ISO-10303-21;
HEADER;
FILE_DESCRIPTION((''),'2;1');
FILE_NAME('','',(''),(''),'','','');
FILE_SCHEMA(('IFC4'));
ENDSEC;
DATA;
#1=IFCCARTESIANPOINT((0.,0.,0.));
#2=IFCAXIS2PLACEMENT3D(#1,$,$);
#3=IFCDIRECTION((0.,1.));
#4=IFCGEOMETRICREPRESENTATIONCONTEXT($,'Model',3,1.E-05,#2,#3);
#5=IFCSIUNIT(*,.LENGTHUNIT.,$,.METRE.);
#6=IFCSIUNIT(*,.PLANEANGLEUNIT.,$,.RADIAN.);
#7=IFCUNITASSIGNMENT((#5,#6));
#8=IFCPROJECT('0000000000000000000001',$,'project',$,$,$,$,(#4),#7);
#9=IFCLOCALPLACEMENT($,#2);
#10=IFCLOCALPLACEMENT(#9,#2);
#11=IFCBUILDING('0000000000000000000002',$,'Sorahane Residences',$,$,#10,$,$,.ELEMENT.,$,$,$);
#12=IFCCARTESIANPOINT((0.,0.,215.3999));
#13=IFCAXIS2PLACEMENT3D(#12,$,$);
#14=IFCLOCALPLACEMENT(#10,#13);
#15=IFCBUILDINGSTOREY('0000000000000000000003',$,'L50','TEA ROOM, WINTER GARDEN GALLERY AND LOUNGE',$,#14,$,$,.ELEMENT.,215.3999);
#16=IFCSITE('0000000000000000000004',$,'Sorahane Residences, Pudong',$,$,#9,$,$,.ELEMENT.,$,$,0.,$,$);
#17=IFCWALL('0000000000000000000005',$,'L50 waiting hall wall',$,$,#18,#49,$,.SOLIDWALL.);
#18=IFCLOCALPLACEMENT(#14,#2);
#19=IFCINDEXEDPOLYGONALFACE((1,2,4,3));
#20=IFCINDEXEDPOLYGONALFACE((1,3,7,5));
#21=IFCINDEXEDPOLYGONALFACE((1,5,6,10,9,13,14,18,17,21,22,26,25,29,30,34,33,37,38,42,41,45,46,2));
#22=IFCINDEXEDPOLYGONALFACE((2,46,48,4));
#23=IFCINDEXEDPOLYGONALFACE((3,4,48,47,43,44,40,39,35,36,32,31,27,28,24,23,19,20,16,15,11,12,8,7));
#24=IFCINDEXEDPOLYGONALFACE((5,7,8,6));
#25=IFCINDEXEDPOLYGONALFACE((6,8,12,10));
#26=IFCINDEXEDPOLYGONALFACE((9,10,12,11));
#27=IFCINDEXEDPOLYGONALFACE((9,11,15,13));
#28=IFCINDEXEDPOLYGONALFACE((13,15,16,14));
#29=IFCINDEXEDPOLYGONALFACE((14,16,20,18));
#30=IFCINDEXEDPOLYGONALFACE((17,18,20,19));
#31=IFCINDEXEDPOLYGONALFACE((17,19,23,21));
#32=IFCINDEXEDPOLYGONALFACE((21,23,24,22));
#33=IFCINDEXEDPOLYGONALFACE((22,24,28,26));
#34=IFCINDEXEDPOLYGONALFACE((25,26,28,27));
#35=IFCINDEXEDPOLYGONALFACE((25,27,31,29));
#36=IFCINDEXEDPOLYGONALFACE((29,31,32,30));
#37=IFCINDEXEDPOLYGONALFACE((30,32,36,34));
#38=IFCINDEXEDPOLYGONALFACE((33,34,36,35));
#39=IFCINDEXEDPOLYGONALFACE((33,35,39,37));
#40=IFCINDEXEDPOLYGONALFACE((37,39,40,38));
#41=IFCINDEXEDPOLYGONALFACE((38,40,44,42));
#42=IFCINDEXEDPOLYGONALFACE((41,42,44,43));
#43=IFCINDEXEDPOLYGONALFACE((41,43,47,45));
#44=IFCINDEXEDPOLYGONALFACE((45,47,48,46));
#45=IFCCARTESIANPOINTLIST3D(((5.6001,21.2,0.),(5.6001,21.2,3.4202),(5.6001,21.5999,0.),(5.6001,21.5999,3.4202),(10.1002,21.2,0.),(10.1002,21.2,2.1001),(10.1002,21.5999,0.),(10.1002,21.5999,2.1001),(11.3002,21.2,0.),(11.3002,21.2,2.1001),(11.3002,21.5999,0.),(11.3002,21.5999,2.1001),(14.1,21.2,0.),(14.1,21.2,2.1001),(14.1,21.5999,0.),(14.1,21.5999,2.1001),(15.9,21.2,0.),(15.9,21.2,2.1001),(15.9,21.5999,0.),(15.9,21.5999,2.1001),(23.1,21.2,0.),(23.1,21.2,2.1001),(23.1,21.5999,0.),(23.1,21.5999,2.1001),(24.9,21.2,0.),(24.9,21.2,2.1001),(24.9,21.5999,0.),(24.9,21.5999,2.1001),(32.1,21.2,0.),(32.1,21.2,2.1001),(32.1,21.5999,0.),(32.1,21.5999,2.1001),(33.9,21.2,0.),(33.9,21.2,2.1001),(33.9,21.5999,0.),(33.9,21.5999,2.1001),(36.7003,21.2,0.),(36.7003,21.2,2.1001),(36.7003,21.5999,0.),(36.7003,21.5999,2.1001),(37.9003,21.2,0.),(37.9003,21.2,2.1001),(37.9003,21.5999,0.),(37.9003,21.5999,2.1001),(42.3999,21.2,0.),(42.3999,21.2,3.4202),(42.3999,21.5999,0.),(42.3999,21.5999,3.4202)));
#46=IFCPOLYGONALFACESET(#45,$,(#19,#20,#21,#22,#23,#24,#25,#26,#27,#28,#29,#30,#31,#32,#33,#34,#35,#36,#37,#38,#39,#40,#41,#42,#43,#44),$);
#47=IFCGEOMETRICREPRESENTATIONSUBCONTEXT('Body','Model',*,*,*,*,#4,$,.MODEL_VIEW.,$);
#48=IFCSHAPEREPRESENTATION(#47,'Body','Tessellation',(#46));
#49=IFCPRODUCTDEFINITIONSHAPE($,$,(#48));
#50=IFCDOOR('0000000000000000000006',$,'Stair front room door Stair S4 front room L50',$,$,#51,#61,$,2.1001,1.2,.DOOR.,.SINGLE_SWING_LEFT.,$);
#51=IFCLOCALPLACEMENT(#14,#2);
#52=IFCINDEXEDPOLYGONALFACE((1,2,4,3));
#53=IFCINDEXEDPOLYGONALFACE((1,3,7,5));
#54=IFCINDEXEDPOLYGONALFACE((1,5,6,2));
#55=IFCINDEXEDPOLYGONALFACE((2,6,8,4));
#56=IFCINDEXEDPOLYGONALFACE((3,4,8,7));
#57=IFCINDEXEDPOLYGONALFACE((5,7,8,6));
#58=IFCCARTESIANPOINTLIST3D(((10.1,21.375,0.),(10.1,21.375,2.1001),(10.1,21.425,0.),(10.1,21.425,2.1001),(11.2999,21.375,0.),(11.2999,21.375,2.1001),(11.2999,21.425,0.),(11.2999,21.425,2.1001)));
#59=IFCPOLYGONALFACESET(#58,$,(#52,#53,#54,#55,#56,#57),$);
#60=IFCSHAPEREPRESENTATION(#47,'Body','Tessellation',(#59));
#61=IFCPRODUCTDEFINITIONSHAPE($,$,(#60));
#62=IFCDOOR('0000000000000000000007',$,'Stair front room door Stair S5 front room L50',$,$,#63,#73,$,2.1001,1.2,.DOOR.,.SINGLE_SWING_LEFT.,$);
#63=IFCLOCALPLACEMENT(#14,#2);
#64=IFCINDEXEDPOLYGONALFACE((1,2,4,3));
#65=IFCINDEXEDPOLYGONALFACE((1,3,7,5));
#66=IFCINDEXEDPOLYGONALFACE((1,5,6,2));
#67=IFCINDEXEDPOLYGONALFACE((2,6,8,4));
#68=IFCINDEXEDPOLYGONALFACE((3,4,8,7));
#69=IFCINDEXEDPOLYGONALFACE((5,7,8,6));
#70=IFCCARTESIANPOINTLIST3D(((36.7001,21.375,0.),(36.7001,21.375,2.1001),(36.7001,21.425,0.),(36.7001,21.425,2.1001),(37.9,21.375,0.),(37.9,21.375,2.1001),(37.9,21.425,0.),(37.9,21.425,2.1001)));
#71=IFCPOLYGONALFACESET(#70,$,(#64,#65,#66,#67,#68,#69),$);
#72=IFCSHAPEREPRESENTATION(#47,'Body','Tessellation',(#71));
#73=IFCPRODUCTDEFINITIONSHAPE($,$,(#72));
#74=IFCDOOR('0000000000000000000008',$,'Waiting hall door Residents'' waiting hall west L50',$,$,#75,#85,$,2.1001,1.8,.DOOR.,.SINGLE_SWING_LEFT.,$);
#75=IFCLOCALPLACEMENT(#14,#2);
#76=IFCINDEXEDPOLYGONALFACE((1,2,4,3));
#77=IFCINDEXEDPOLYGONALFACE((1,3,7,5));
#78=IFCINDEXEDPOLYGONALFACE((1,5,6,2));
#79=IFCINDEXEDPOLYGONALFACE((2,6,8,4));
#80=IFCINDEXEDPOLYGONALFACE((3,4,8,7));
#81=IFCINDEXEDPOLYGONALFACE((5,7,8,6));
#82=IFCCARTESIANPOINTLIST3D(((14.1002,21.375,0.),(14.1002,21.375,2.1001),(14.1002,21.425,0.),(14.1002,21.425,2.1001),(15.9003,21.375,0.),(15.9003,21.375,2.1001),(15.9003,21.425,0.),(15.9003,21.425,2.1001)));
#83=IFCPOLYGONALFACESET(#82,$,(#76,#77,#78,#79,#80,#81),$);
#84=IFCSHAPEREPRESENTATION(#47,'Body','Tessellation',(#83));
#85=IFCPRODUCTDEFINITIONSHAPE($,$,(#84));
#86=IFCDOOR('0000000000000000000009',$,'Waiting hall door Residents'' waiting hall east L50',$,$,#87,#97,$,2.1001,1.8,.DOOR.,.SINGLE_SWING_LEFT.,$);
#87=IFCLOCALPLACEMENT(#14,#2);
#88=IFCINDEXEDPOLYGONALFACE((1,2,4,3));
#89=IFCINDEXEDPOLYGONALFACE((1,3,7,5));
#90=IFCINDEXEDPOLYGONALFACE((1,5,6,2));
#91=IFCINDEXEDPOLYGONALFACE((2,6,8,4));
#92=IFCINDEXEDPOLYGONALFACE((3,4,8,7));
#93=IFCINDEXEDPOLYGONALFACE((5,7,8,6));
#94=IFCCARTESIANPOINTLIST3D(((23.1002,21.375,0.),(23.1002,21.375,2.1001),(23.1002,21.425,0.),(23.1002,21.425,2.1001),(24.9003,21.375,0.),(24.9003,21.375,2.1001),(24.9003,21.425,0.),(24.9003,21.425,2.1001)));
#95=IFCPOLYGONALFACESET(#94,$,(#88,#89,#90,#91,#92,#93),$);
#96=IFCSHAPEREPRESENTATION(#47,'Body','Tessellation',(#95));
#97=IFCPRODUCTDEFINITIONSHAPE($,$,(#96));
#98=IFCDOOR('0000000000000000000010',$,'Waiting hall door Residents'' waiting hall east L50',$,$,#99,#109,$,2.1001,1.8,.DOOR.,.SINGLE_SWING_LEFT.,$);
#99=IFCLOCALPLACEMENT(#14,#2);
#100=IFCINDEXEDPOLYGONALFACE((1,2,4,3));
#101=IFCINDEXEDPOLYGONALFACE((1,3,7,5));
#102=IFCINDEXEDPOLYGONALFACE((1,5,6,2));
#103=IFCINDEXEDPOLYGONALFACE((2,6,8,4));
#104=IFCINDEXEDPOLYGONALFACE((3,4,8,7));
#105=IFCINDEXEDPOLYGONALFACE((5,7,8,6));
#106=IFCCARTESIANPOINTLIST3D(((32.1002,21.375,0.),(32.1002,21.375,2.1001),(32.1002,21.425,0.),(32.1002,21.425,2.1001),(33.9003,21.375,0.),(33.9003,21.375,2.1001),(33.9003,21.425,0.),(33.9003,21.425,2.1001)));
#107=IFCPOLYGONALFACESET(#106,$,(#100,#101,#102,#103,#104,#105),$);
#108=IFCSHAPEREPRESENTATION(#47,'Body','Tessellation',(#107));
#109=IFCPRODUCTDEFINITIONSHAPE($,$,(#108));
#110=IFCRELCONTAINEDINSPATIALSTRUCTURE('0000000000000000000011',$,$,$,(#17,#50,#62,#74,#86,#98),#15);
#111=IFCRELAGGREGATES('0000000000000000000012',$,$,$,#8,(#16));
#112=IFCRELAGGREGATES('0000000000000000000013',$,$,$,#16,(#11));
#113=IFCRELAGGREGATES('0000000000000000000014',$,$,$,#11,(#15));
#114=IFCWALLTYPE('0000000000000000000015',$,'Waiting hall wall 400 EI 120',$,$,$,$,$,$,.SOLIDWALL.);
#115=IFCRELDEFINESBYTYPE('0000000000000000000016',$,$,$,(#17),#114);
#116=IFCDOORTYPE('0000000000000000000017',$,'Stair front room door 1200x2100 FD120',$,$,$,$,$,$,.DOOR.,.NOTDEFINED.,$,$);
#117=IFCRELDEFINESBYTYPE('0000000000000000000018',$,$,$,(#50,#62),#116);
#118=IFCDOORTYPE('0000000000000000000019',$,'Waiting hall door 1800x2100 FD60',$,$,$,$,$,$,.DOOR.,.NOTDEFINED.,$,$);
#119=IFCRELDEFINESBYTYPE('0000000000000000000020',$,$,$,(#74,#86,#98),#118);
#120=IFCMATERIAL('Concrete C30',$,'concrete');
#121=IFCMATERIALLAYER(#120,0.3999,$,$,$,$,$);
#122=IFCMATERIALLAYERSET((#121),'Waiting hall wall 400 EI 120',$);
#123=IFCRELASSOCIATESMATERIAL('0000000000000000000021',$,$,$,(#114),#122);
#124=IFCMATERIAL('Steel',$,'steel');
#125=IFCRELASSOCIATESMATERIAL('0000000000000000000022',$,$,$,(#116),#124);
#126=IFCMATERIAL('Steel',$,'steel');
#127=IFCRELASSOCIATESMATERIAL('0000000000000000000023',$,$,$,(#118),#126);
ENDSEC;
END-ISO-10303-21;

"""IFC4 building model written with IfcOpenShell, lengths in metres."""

from ifc_helpers import new_model, si_unit, direction, frame, frame_2d, origin, place, context, subcontext, project, spatial, rectangle, extrude, material, layer, layer_set, type_object, element, fill, save


model = new_model("IFC4")

# Units and contexts
model_context = context("Model", 3, precision=1e-05, world=origin(), true_north=direction((0.0, 1.0)))
body_context = subcontext(model_context, "Body", "Model", "MODEL_VIEW")
ifc_project = project(units=[si_unit("LENGTHUNIT", "METRE"), si_unit("PLANEANGLEUNIT", "RADIAN")], contexts=[model_context])

# Site, building, storey
site_placement = place(None, origin())
site = spatial("IfcSite", under=ifc_project, at=site_placement, Name="Sorahane Residences, Pudong", CompositionType="ELEMENT", RefElevation=0.0)
building_placement = place(site_placement, origin())
building = spatial("IfcBuilding", under=site, at=building_placement, Name="Sorahane Residences", CompositionType="ELEMENT")
storey_placement = place(building_placement, frame((0.0, 0.0, 215.3999)))
storey = spatial("IfcBuildingStorey", under=building, at=storey_placement, Name="L50", Description="TEA ROOM, WINTER GARDEN GALLERY AND LOUNGE", CompositionType="ELEMENT", Elevation=215.3999)

# Wall, openings, doors
ifc_material_1 = material(Name="Concrete C30", Category="concrete")
ifc_layer_1 = layer(ifc_material_1, 0.3999)
ifc_layer_set_1 = layer_set([ifc_layer_1], Name="Waiting hall wall 400 EI 120")
wall_type_1 = type_object("IfcWallType", Name="Waiting hall wall 400 EI 120", PredefinedType="SOLIDWALL", material=ifc_layer_set_1)
wall_1_placement = place(storey_placement, frame((5.6001, 21.3999, 0.0), z_axis=(0.0, 0.0, 1.0), x_axis=(1.0, 0.0, 0.0)))
wall_1 = element("IfcWall", 1, at=wall_1_placement, inside=storey, type_object=wall_type_1, Name="L50 waiting hall wall", PredefinedType="SOLIDWALL", context=body_context, shape_type="SweptSolid", body=[
    extrude(rectangle(XDim=36.7998, YDim=0.3999, at=frame_2d((18.3999, 0.0))), origin(), (0.0, 0.0, 1.0), 3.4202),
])
opening_1_placement = place(wall_1_placement, frame((8.5, 0.0, 0.0)))
opening_1 = element("IfcOpeningElement", 2, at=opening_1_placement, cuts=wall_1, PredefinedType="OPENING", context=body_context, shape_type="SweptSolid", body=[
    extrude(rectangle(XDim=1.8, YDim=2.1001, at=frame_2d((0.8999, 1.05))), frame((0.0, 0.21, 0.0), z_axis=(0.0, -1.0, 0.0), x_axis=(1.0, 0.0, 0.0)), (0.0, 0.0, 1.0), 0.4199),
])
opening_2_placement = place(wall_1_placement, frame((17.5, 0.0, 0.0)))
opening_2 = element("IfcOpeningElement", 3, at=opening_2_placement, cuts=wall_1, PredefinedType="OPENING", context=body_context, shape_type="SweptSolid", body=[
    extrude(rectangle(XDim=1.8, YDim=2.1001, at=frame_2d((0.8999, 1.05))), frame((0.0, 0.21, 0.0), z_axis=(0.0, -1.0, 0.0), x_axis=(1.0, 0.0, 0.0)), (0.0, 0.0, 1.0), 0.4199),
])
opening_3_placement = place(wall_1_placement, frame((26.5, 0.0, 0.0)))
opening_3 = element("IfcOpeningElement", 4, at=opening_3_placement, cuts=wall_1, PredefinedType="OPENING", context=body_context, shape_type="SweptSolid", body=[
    extrude(rectangle(XDim=1.8, YDim=2.1001, at=frame_2d((0.8999, 1.05))), frame((0.0, 0.21, 0.0), z_axis=(0.0, -1.0, 0.0), x_axis=(1.0, 0.0, 0.0)), (0.0, 0.0, 1.0), 0.4199),
])
opening_4_placement = place(wall_1_placement, frame((4.5, 0.0, 0.0)))
opening_4 = element("IfcOpeningElement", 5, at=opening_4_placement, cuts=wall_1, PredefinedType="OPENING", context=body_context, shape_type="SweptSolid", body=[
    extrude(rectangle(XDim=1.2, YDim=2.1001, at=frame_2d((0.6001, 1.05))), frame((0.0, 0.21, 0.0), z_axis=(0.0, -1.0, 0.0), x_axis=(1.0, 0.0, 0.0)), (0.0, 0.0, 1.0), 0.4199),
])
opening_5_placement = place(wall_1_placement, frame((31.1001, 0.0, 0.0)))
opening_5 = element("IfcOpeningElement", 6, at=opening_5_placement, cuts=wall_1, PredefinedType="OPENING", context=body_context, shape_type="SweptSolid", body=[
    extrude(rectangle(XDim=1.2, YDim=2.1001, at=frame_2d((0.6001, 1.05))), frame((0.0, 0.21, 0.0), z_axis=(0.0, -1.0, 0.0), x_axis=(1.0, 0.0, 0.0)), (0.0, 0.0, 1.0), 0.4199),
])
ifc_material_2 = material(Name="Steel", Category="steel")
door_type_1 = type_object("IfcDoorType", Name="Stair front room door 1200x2100 FD120", OperationType="NOTDEFINED", PredefinedType="DOOR", material=ifc_material_2)
door_1_placement = place(opening_4_placement, frame((1.2, 0.0, 0.0), z_axis=(0.0, 0.0, 1.0), x_axis=(-1.0, 0.0, 0.0)))
door_1 = element("IfcDoor", 7, at=door_1_placement, inside=storey, type_object=door_type_1, Name="Stair front room door Stair S4 front room L50", OperationType="SINGLE_SWING_LEFT", OverallHeight=2.1001, OverallWidth=1.2, PredefinedType="DOOR", context=body_context, shape_type="SweptSolid", body=[
    extrude(rectangle(XDim=1.2, YDim=2.1001, at=frame_2d((0.6001, 1.05))), frame((0.0, 0.0249, 0.0), z_axis=(0.0, -1.0, 0.0), x_axis=(1.0, 0.0, 0.0)), (0.0, 0.0, 1.0), 0.05),
])
fill(opening_4, door_1)
door_2_placement = place(opening_5_placement, frame((1.2, 0.0, 0.0), z_axis=(0.0, 0.0, 1.0), x_axis=(-1.0, 0.0, 0.0)))
door_2 = element("IfcDoor", 8, at=door_2_placement, inside=storey, type_object=door_type_1, Name="Stair front room door Stair S5 front room L50", OperationType="SINGLE_SWING_LEFT", OverallHeight=2.1001, OverallWidth=1.2, PredefinedType="DOOR", context=body_context, shape_type="SweptSolid", body=[
    extrude(rectangle(XDim=1.2, YDim=2.1001, at=frame_2d((0.6001, 1.05))), frame((0.0, 0.0249, 0.0), z_axis=(0.0, -1.0, 0.0), x_axis=(1.0, 0.0, 0.0)), (0.0, 0.0, 1.0), 0.05),
])
fill(opening_5, door_2)
ifc_material_3 = material(Name="Steel", Category="steel")
door_type_2 = type_object("IfcDoorType", Name="Waiting hall door 1800x2100 FD60", OperationType="NOTDEFINED", PredefinedType="DOOR", material=ifc_material_3)
door_3_placement = place(opening_1_placement, frame((1.8, 0.0, 0.0), z_axis=(0.0, 0.0, 1.0), x_axis=(-1.0, 0.0, 0.0)))
door_3 = element("IfcDoor", 9, at=door_3_placement, inside=storey, type_object=door_type_2, Name="Waiting hall door Residents' waiting hall west L50", OperationType="SINGLE_SWING_LEFT", OverallHeight=2.1001, OverallWidth=1.8, PredefinedType="DOOR", context=body_context, shape_type="SweptSolid", body=[
    extrude(rectangle(XDim=1.8, YDim=2.1001, at=frame_2d((0.8999, 1.05))), frame((0.0, 0.0249, 0.0), z_axis=(0.0, -1.0, 0.0), x_axis=(1.0, 0.0, 0.0)), (0.0, 0.0, 1.0), 0.05),
])
fill(opening_1, door_3)
door_4_placement = place(opening_2_placement, frame((1.8, 0.0, 0.0), z_axis=(0.0, 0.0, 1.0), x_axis=(-1.0, 0.0, 0.0)))
door_4 = element("IfcDoor", 10, at=door_4_placement, inside=storey, type_object=door_type_2, Name="Waiting hall door Residents' waiting hall east L50", OperationType="SINGLE_SWING_LEFT", OverallHeight=2.1001, OverallWidth=1.8, PredefinedType="DOOR", context=body_context, shape_type="SweptSolid", body=[
    extrude(rectangle(XDim=1.8, YDim=2.1001, at=frame_2d((0.8999, 1.05))), frame((0.0, 0.0249, 0.0), z_axis=(0.0, -1.0, 0.0), x_axis=(1.0, 0.0, 0.0)), (0.0, 0.0, 1.0), 0.05),
])
fill(opening_2, door_4)
door_5_placement = place(opening_3_placement, frame((1.8, 0.0, 0.0), z_axis=(0.0, 0.0, 1.0), x_axis=(-1.0, 0.0, 0.0)))
door_5 = element("IfcDoor", 11, at=door_5_placement, inside=storey, type_object=door_type_2, Name="Waiting hall door Residents' waiting hall east L50", OperationType="SINGLE_SWING_LEFT", OverallHeight=2.1001, OverallWidth=1.8, PredefinedType="DOOR", context=body_context, shape_type="SweptSolid", body=[
    extrude(rectangle(XDim=1.8, YDim=2.1001, at=frame_2d((0.8999, 1.05))), frame((0.0, 0.0249, 0.0), z_axis=(0.0, -1.0, 0.0), x_axis=(1.0, 0.0, 0.0)), (0.0, 0.0, 1.0), 0.05),
])
fill(opening_3, door_5)

save(model, "model.ifc")
